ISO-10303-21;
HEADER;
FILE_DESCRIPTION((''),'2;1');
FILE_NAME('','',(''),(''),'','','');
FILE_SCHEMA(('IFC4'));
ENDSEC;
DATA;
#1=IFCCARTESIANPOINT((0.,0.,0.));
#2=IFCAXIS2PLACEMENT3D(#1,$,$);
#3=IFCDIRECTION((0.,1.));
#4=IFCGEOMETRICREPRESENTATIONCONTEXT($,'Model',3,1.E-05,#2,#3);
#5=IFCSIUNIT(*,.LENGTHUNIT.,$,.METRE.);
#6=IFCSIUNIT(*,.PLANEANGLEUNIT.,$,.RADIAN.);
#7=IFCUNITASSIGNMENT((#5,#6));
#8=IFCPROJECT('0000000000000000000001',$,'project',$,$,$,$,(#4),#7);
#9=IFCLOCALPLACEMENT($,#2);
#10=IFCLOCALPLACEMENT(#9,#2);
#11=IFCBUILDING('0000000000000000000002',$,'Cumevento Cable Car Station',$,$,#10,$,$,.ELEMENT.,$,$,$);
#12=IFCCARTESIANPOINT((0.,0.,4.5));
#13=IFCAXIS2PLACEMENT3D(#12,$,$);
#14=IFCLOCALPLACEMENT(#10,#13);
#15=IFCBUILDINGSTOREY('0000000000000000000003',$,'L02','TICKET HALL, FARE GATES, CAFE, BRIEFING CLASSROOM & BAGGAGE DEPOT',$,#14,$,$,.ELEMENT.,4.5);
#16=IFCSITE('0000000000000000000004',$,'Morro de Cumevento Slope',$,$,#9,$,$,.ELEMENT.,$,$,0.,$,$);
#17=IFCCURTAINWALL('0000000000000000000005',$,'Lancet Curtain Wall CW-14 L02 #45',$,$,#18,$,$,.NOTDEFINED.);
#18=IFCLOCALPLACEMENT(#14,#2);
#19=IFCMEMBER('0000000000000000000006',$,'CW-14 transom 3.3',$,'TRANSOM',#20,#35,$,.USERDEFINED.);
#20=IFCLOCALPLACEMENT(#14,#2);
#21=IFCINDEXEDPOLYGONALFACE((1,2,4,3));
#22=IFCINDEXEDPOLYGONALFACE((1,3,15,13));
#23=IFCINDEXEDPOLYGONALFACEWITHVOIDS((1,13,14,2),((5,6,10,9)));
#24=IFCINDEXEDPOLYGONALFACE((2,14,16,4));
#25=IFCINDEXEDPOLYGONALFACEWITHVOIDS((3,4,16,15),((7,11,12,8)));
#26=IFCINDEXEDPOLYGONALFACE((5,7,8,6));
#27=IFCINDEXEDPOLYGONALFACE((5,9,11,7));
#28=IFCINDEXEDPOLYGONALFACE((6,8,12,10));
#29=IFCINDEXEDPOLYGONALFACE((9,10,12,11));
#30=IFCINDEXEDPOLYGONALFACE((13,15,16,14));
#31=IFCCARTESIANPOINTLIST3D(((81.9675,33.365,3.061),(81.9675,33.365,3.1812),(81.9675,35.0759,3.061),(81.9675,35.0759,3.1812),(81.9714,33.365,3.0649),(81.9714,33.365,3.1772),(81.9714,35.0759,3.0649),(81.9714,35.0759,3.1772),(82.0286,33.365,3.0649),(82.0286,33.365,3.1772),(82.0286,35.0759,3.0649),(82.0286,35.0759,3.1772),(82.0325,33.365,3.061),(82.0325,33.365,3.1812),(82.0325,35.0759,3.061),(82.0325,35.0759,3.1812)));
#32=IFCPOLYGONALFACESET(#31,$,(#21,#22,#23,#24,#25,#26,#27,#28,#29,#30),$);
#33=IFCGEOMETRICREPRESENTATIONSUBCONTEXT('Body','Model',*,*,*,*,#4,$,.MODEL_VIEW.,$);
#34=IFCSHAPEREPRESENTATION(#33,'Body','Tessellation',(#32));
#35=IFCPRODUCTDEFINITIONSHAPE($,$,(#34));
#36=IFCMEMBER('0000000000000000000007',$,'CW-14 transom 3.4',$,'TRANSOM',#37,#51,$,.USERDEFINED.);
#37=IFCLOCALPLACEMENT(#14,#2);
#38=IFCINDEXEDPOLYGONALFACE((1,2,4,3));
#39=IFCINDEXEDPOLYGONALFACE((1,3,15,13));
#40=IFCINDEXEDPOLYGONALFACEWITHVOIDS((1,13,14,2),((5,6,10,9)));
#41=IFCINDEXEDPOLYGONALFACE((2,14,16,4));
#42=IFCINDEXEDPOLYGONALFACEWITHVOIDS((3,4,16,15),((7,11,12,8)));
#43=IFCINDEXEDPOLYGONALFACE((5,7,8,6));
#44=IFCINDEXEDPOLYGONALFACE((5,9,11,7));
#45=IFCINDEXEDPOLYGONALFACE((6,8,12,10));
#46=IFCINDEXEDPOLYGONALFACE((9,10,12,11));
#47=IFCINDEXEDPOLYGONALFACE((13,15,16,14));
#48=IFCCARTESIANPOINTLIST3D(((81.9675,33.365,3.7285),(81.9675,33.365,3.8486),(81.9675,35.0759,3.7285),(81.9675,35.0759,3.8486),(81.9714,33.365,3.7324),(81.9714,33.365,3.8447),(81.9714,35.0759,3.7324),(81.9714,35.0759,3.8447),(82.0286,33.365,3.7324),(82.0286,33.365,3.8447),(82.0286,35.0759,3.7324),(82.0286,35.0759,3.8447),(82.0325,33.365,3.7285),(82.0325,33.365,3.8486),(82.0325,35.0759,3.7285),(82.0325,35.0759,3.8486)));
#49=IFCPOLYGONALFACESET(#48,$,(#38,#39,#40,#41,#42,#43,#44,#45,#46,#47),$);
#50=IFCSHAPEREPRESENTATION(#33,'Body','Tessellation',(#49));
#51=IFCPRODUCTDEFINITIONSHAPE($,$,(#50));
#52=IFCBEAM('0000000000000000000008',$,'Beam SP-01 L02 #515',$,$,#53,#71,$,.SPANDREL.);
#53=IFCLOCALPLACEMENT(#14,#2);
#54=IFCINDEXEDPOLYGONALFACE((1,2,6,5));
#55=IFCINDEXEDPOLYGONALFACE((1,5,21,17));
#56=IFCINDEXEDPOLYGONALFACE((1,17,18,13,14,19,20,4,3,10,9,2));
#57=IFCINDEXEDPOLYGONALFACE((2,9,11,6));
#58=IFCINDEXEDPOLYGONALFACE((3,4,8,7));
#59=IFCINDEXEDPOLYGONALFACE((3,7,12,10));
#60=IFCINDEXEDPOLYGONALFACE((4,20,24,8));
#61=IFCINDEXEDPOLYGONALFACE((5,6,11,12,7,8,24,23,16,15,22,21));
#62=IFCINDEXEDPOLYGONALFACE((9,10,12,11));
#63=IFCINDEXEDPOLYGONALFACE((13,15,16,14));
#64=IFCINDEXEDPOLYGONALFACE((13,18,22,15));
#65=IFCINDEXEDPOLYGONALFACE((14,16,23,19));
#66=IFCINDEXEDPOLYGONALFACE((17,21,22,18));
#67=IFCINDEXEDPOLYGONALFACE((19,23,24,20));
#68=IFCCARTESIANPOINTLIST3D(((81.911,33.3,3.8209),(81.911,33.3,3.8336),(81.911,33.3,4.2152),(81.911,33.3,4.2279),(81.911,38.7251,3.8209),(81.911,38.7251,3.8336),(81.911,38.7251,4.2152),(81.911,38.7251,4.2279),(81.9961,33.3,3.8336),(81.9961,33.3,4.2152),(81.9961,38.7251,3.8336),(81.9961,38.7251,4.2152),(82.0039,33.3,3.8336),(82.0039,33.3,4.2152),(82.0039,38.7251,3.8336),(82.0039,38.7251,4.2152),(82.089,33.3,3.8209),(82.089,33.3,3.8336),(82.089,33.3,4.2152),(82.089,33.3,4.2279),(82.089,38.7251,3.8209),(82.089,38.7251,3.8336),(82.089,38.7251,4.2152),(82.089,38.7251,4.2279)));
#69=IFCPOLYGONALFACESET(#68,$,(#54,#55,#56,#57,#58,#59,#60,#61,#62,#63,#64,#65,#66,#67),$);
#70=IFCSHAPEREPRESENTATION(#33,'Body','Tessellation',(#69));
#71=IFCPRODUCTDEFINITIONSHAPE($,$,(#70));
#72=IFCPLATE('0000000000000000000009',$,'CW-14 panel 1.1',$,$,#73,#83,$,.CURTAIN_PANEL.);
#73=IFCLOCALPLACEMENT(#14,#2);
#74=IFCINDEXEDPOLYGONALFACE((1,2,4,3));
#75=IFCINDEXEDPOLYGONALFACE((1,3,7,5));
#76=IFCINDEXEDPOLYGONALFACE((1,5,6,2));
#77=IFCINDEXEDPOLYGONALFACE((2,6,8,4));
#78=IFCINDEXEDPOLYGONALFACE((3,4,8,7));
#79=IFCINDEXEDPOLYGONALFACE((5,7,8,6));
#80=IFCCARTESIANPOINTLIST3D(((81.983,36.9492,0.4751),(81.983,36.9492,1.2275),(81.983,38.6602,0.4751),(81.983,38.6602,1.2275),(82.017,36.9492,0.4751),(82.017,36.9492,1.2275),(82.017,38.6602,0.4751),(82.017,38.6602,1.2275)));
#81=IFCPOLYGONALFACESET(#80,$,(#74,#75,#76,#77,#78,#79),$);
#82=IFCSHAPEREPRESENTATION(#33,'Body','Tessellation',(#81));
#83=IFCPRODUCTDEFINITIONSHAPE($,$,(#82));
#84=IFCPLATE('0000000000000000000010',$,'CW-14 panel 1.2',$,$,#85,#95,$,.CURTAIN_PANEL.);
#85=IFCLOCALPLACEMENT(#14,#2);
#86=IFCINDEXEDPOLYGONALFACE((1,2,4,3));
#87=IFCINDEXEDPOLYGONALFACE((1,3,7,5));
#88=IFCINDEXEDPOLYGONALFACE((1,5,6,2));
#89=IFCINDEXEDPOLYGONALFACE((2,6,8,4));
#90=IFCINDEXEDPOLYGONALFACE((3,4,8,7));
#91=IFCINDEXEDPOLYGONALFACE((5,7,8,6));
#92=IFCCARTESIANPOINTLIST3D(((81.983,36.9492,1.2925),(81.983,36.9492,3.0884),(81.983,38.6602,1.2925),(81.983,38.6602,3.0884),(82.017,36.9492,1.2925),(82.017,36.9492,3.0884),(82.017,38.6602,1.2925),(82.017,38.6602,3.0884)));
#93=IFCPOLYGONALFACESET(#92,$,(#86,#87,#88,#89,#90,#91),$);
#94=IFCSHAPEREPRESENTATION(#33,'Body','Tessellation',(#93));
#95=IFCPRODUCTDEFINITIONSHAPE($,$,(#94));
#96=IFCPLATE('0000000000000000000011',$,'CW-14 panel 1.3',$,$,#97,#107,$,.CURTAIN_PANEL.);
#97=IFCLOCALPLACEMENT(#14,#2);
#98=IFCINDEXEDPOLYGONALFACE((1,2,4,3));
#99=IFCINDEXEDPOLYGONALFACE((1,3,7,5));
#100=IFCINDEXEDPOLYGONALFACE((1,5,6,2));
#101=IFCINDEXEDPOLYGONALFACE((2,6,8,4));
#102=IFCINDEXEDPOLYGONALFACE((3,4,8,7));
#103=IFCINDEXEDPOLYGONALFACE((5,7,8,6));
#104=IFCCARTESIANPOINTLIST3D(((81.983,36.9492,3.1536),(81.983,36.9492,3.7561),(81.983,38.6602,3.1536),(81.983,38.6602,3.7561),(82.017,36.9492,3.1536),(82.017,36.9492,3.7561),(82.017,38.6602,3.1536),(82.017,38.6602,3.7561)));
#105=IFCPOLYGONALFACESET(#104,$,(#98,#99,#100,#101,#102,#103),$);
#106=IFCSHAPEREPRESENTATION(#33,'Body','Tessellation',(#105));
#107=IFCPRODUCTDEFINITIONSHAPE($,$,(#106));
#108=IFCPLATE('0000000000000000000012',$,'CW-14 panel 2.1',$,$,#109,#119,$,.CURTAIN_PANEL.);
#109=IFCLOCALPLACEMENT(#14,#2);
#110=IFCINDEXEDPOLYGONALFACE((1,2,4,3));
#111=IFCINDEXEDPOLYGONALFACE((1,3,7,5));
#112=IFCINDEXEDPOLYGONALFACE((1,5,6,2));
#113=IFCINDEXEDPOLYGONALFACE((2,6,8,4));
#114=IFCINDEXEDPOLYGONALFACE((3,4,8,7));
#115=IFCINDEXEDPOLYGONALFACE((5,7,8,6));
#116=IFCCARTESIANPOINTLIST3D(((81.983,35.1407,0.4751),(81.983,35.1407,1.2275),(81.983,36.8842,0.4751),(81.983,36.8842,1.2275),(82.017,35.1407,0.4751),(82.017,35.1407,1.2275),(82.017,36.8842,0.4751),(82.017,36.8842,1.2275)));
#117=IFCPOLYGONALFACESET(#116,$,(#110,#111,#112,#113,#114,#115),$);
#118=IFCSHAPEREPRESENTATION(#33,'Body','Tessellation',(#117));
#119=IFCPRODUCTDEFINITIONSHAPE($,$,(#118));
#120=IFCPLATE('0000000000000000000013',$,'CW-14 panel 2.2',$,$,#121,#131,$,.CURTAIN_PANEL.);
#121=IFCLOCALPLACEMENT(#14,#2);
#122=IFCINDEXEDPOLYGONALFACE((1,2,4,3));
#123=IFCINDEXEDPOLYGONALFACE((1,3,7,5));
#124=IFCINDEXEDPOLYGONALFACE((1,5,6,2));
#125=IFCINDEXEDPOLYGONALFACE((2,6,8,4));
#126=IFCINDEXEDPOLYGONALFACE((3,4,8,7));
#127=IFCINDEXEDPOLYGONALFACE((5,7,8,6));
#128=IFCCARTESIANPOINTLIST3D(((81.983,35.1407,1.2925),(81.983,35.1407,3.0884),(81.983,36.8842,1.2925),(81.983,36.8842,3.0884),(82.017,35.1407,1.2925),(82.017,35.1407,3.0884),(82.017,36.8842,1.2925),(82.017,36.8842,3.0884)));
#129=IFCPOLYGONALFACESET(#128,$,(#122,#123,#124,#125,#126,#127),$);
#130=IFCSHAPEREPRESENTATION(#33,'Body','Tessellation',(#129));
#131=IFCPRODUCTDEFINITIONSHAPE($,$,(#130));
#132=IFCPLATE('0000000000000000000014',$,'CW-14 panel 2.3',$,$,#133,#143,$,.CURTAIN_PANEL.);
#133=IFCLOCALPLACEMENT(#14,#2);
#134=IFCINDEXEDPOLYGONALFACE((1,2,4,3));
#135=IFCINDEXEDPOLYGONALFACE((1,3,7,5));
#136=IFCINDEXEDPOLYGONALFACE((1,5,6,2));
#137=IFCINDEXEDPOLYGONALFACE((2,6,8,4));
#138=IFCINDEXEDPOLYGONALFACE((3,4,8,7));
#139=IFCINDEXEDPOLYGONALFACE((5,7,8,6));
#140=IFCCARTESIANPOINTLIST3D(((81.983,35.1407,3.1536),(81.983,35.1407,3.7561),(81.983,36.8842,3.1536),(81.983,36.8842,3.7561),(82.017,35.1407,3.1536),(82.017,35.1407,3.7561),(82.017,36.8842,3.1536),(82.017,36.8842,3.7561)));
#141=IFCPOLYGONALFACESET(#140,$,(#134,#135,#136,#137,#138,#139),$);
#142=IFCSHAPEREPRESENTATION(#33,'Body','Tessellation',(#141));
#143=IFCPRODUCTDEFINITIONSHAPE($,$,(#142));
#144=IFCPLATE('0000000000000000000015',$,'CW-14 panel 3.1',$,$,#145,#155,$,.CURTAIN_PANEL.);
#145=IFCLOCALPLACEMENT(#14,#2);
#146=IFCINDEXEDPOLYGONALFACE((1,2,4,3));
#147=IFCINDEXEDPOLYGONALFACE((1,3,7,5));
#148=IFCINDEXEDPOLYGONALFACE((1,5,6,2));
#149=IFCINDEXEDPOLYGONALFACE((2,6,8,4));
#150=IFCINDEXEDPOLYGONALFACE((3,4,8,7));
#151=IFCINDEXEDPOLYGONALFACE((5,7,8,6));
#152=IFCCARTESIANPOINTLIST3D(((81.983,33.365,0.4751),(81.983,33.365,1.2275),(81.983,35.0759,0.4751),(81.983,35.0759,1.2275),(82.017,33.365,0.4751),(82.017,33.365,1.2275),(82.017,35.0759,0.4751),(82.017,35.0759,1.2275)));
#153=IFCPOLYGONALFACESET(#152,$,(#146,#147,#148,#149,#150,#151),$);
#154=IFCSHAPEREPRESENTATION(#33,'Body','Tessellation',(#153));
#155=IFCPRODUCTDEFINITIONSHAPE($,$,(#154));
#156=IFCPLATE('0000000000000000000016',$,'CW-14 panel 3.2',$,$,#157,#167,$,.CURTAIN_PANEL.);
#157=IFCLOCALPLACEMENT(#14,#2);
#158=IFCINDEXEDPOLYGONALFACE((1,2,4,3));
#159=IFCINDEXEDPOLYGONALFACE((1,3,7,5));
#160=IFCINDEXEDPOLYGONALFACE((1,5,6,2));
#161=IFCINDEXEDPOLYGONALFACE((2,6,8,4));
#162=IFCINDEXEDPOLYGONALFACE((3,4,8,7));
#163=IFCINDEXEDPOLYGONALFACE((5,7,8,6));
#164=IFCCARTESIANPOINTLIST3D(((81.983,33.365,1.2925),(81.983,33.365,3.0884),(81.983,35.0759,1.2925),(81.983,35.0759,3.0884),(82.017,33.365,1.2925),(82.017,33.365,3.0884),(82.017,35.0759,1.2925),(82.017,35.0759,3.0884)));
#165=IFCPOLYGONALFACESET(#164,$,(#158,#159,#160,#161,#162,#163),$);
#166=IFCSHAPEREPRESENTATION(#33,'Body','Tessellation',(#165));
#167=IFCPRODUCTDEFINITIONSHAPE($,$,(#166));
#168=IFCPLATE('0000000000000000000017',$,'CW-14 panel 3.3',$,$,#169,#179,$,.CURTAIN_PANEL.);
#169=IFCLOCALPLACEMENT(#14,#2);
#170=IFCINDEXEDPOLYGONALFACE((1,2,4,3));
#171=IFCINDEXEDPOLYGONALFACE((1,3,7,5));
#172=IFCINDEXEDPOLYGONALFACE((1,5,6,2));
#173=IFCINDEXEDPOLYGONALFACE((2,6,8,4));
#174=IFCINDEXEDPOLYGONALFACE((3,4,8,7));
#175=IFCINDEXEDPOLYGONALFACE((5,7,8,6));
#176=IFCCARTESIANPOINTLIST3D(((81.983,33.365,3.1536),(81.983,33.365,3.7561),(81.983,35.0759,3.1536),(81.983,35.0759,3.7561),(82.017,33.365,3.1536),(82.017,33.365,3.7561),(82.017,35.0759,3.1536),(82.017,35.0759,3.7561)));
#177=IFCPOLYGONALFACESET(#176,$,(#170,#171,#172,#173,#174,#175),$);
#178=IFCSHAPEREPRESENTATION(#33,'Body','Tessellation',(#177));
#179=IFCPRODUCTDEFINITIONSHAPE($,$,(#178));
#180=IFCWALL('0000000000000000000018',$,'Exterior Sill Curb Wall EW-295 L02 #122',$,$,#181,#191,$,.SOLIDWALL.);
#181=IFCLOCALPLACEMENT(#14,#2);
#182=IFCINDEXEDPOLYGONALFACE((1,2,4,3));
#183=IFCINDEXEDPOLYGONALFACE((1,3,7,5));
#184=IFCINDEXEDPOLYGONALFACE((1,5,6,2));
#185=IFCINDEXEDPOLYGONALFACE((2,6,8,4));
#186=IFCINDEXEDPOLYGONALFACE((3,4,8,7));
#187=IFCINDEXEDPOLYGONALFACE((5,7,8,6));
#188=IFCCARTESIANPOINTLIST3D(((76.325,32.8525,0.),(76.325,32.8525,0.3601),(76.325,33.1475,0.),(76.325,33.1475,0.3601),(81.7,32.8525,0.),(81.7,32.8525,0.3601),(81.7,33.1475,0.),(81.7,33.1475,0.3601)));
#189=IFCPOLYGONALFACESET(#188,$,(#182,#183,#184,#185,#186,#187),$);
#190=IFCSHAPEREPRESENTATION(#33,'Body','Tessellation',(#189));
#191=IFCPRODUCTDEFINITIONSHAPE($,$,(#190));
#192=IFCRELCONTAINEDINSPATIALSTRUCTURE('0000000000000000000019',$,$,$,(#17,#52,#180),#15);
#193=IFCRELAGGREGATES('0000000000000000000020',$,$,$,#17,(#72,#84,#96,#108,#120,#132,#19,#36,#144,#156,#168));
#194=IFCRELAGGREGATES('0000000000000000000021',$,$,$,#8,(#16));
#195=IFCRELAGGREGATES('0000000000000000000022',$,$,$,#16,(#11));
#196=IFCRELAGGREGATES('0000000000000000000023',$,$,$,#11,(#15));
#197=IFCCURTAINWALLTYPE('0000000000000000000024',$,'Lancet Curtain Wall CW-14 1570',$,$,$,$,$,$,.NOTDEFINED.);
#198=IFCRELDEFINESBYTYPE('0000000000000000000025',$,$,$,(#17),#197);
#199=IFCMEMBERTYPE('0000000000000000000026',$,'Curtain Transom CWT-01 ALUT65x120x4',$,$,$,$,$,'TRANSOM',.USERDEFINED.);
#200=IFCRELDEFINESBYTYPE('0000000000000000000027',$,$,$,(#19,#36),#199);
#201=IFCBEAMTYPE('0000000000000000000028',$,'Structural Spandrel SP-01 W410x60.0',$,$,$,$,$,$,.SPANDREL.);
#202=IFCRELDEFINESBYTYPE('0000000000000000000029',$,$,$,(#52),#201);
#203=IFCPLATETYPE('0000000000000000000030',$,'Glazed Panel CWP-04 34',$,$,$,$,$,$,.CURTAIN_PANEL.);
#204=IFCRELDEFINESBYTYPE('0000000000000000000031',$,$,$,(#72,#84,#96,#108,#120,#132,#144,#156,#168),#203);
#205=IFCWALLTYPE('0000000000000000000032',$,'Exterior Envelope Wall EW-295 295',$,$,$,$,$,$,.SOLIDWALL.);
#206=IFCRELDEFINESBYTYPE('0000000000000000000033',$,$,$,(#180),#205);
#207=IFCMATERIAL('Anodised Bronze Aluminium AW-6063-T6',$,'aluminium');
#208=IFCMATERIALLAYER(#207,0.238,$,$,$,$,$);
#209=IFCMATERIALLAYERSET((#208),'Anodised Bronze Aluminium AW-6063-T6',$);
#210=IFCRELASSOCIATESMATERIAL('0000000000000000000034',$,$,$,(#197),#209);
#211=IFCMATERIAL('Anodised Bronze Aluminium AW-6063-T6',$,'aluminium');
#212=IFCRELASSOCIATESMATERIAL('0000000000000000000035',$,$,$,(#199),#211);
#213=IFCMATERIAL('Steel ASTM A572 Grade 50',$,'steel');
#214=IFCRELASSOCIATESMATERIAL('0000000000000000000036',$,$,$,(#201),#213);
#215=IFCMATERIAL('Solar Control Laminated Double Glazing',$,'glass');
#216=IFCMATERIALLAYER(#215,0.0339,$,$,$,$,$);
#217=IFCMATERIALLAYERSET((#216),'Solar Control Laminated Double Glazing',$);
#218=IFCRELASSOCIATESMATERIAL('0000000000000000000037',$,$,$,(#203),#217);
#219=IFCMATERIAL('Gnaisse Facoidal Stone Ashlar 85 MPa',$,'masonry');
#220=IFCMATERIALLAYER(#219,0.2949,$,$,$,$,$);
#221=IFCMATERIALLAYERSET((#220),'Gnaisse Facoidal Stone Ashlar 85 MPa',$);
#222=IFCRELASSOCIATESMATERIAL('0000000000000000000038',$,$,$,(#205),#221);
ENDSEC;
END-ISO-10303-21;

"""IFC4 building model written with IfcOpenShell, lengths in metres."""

from ifc_helpers import new_model, si_unit, direction, frame, frame_2d, origin, origin_2d, place, context, subcontext, project, spatial, rectangle, hollow_rectangle, i_section, extrude, material, layer, layer_set, material_profile, profile_set, type_object, element, aggregate, save


model = new_model("IFC4")

# Units and contexts
model_context = context("Model", 3, precision=1e-05, world=origin(), true_north=direction((0.0, 1.0)))
body_context = subcontext(model_context, "Body", "Model", "MODEL_VIEW")
ifc_project = project(units=[si_unit("LENGTHUNIT", "METRE"), si_unit("PLANEANGLEUNIT", "RADIAN")], contexts=[model_context])

# Site, building, storey
site_placement = place(None, origin())
site = spatial("IfcSite", under=ifc_project, at=site_placement, Name="Morro de Cumevento Slope", CompositionType="ELEMENT", RefElevation=0.0)
building_placement = place(site_placement, origin())
building = spatial("IfcBuilding", under=site, at=building_placement, Name="Cumevento Cable Car Station", CompositionType="ELEMENT")
storey_placement = place(building_placement, frame((0.0, 0.0, 4.5)))
storey = spatial("IfcBuildingStorey", under=building, at=storey_placement, Name="L02", Description="TICKET HALL, FARE GATES, CAFE, BRIEFING CLASSROOM & BAGGAGE DEPOT", CompositionType="ELEMENT", Elevation=4.5)

# Curtain wall, members
ifc_material_1 = material(Name="Anodised Bronze Aluminium AW-6063-T6", Category="aluminium")
ifc_layer_1 = layer(ifc_material_1, 0.238)
ifc_layer_set_1 = layer_set([ifc_layer_1], Name="Anodised Bronze Aluminium AW-6063-T6")
curtain_wall_type = type_object("IfcCurtainWallType", Name="Lancet Curtain Wall CW-14 1570", PredefinedType="NOTDEFINED", material=ifc_layer_set_1)
curtain_wall_placement = place(storey_placement, origin())
curtain_wall = element("IfcCurtainWall", 1, at=curtain_wall_placement, inside=storey, type_object=curtain_wall_type, Name="Lancet Curtain Wall CW-14 L02 #45", PredefinedType="NOTDEFINED")
ifc_material_2 = material(Name="Anodised Bronze Aluminium AW-6063-T6", Category="aluminium")
ifc_material_profile_1 = material_profile(ifc_material_2, hollow_rectangle(XDim=0.0649, YDim=0.1201, WallThickness=0.0039, at=origin_2d()), Name="ALUT65x120x4")
ifc_profile_set_1 = profile_set([ifc_material_profile_1], Name="Anodised Bronze Aluminium AW-6063-T6")
member_type_1 = type_object("IfcMemberType", Name="Curtain Transom CWT-01 ALUT65x120x4", ElementType="TRANSOM", PredefinedType="USERDEFINED", material=ifc_profile_set_1)
member_1_placement = place(storey_placement, frame((82.0, 35.0759, 3.1211), z_axis=(0.0, -1.0, 0.0), x_axis=(1.0, 0.0, 0.0)))
member_1 = element("IfcMember", 2, at=member_1_placement, type_object=member_type_1, Name="CW-14 transom 3.3", ObjectType="TRANSOM", PredefinedType="USERDEFINED", context=body_context, shape_type="SweptSolid", body=[
    extrude(hollow_rectangle(XDim=0.0649, YDim=0.1201, WallThickness=0.0039, at=origin_2d()), origin(), (0.0, 0.0, 1.0), 1.7109),
])
member_2_placement = place(storey_placement, frame((82.0, 35.0759, 3.7886), z_axis=(0.0, -1.0, 0.0), x_axis=(1.0, 0.0, 0.0)))
member_2 = element("IfcMember", 3, at=member_2_placement, type_object=member_type_1, Name="CW-14 transom 3.4", ObjectType="TRANSOM", PredefinedType="USERDEFINED", context=body_context, shape_type="SweptSolid", body=[
    extrude(hollow_rectangle(XDim=0.0649, YDim=0.1201, WallThickness=0.0039, at=origin_2d()), origin(), (0.0, 0.0, 1.0), 1.7109),
])

# Beam
ifc_material_3 = material(Name="Steel ASTM A572 Grade 50", Category="steel")
ifc_material_profile_2 = material_profile(ifc_material_3, i_section(OverallWidth=0.178, OverallDepth=0.407, WebThickness=0.0078, FlangeThickness=0.0127, at=origin_2d()), Name="W410x60.0")
ifc_profile_set_2 = profile_set([ifc_material_profile_2], Name="Steel ASTM A572 Grade 50")
beam_type = type_object("IfcBeamType", Name="Structural Spandrel SP-01 W410x60.0", PredefinedType="SPANDREL", material=ifc_profile_set_2)
beam_placement = place(storey_placement, frame((82.0, 33.3, 4.0244), z_axis=(0.0, 1.0, 0.0), x_axis=(-1.0, 0.0, 0.0)))
element("IfcBeam", 4, at=beam_placement, inside=storey, type_object=beam_type, Name="Beam SP-01 L02 #515", PredefinedType="SPANDREL", context=body_context, shape_type="SweptSolid", body=[
    extrude(i_section(OverallWidth=0.178, OverallDepth=0.407, WebThickness=0.0078, FlangeThickness=0.0127, at=origin_2d()), origin(), (0.0, 0.0, 1.0), 5.425),
])

# Plates
ifc_material_4 = material(Name="Solar Control Laminated Double Glazing", Category="glass")
ifc_layer_2 = layer(ifc_material_4, 0.0339)
ifc_layer_set_2 = layer_set([ifc_layer_2], Name="Solar Control Laminated Double Glazing")
plate_type = type_object("IfcPlateType", Name="Glazed Panel CWP-04 34", PredefinedType="CURTAIN_PANEL", material=ifc_layer_set_2)
plate_1_placement = place(storey_placement, frame((82.0, 37.8047, 0.4751), z_axis=(0.0, 0.0, 1.0), x_axis=(0.0, -1.0, 0.0)))
plate_1 = element("IfcPlate", 5, at=plate_1_placement, type_object=plate_type, Name="CW-14 panel 1.1", PredefinedType="CURTAIN_PANEL", context=body_context, shape_type="SweptSolid", body=[
    extrude(rectangle(XDim=1.7109, YDim=0.0339, at=origin_2d()), origin(), (0.0, 0.0, 1.0), 0.7524),
])
plate_2_placement = place(storey_placement, frame((82.0, 37.8047, 1.2925), z_axis=(0.0, 0.0, 1.0), x_axis=(0.0, -1.0, 0.0)))
plate_2 = element("IfcPlate", 6, at=plate_2_placement, type_object=plate_type, Name="CW-14 panel 1.2", PredefinedType="CURTAIN_PANEL", context=body_context, shape_type="SweptSolid", body=[
    extrude(rectangle(XDim=1.7109, YDim=0.0339, at=origin_2d()), origin(), (0.0, 0.0, 1.0), 1.7959),
])
plate_3_placement = place(storey_placement, frame((82.0, 37.8047, 3.1536), z_axis=(0.0, 0.0, 1.0), x_axis=(0.0, -1.0, 0.0)))
plate_3 = element("IfcPlate", 7, at=plate_3_placement, type_object=plate_type, Name="CW-14 panel 1.3", PredefinedType="CURTAIN_PANEL", context=body_context, shape_type="SweptSolid", body=[
    extrude(rectangle(XDim=1.7109, YDim=0.0339, at=origin_2d()), origin(), (0.0, 0.0, 1.0), 0.6025),
])
plate_4_placement = place(storey_placement, frame((82.0, 36.0125, 0.4751), z_axis=(0.0, 0.0, 1.0), x_axis=(0.0, -1.0, 0.0)))
plate_4 = element("IfcPlate", 8, at=plate_4_placement, type_object=plate_type, Name="CW-14 panel 2.1", PredefinedType="CURTAIN_PANEL", context=body_context, shape_type="SweptSolid", body=[
    extrude(rectangle(XDim=1.7434, YDim=0.0339, at=origin_2d()), origin(), (0.0, 0.0, 1.0), 0.7524),
])
plate_5_placement = place(storey_placement, frame((82.0, 36.0125, 1.2925), z_axis=(0.0, 0.0, 1.0), x_axis=(0.0, -1.0, 0.0)))
plate_5 = element("IfcPlate", 9, at=plate_5_placement, type_object=plate_type, Name="CW-14 panel 2.2", PredefinedType="CURTAIN_PANEL", context=body_context, shape_type="SweptSolid", body=[
    extrude(rectangle(XDim=1.7434, YDim=0.0339, at=origin_2d()), origin(), (0.0, 0.0, 1.0), 1.7959),
])
plate_6_placement = place(storey_placement, frame((82.0, 36.0125, 3.1536), z_axis=(0.0, 0.0, 1.0), x_axis=(0.0, -1.0, 0.0)))
plate_6 = element("IfcPlate", 10, at=plate_6_placement, type_object=plate_type, Name="CW-14 panel 2.3", PredefinedType="CURTAIN_PANEL", context=body_context, shape_type="SweptSolid", body=[
    extrude(rectangle(XDim=1.7434, YDim=0.0339, at=origin_2d()), origin(), (0.0, 0.0, 1.0), 0.6025),
])
plate_7_placement = place(storey_placement, frame((82.0, 34.2205, 0.4751), z_axis=(0.0, 0.0, 1.0), x_axis=(0.0, -1.0, 0.0)))
plate_7 = element("IfcPlate", 11, at=plate_7_placement, type_object=plate_type, Name="CW-14 panel 3.1", PredefinedType="CURTAIN_PANEL", context=body_context, shape_type="SweptSolid", body=[
    extrude(rectangle(XDim=1.7109, YDim=0.0339, at=origin_2d()), origin(), (0.0, 0.0, 1.0), 0.7524),
])
plate_8_placement = place(storey_placement, frame((82.0, 34.2205, 1.2925), z_axis=(0.0, 0.0, 1.0), x_axis=(0.0, -1.0, 0.0)))
plate_8 = element("IfcPlate", 12, at=plate_8_placement, type_object=plate_type, Name="CW-14 panel 3.2", PredefinedType="CURTAIN_PANEL", context=body_context, shape_type="SweptSolid", body=[
    extrude(rectangle(XDim=1.7109, YDim=0.0339, at=origin_2d()), origin(), (0.0, 0.0, 1.0), 1.7959),
])
plate_9_placement = place(storey_placement, frame((82.0, 34.2205, 3.1536), z_axis=(0.0, 0.0, 1.0), x_axis=(0.0, -1.0, 0.0)))
plate_9 = element("IfcPlate", 13, at=plate_9_placement, type_object=plate_type, Name="CW-14 panel 3.3", PredefinedType="CURTAIN_PANEL", context=body_context, shape_type="SweptSolid", body=[
    extrude(rectangle(XDim=1.7109, YDim=0.0339, at=origin_2d()), origin(), (0.0, 0.0, 1.0), 0.6025),
])
aggregate(curtain_wall, [plate_1, plate_2, plate_3, plate_4, plate_5, plate_6, member_1, member_2, plate_7, plate_8, plate_9])

# Wall
ifc_material_5 = material(Name="Gnaisse Facoidal Stone Ashlar 85 MPa", Category="masonry")
ifc_layer_3 = layer(ifc_material_5, 0.2949)
ifc_layer_set_3 = layer_set([ifc_layer_3], Name="Gnaisse Facoidal Stone Ashlar 85 MPa")
wall_type = type_object("IfcWallType", Name="Exterior Envelope Wall EW-295 295", PredefinedType="SOLIDWALL", material=ifc_layer_set_3)
wall_placement = place(storey_placement, frame((81.7, 33.0, 0.0), z_axis=(0.0, 0.0, 1.0), x_axis=(-1.0, 0.0, 0.0)))
element("IfcWall", 14, at=wall_placement, inside=storey, type_object=wall_type, Name="Exterior Sill Curb Wall EW-295 L02 #122", PredefinedType="SOLIDWALL", context=body_context, shape_type="SweptSolid", body=[
    extrude(rectangle(XDim=5.375, YDim=0.2949, at=frame_2d((2.6875, 0.0))), origin(), (0.0, 0.0, 1.0), 0.3601),
])

save(model, "model.ifc")
